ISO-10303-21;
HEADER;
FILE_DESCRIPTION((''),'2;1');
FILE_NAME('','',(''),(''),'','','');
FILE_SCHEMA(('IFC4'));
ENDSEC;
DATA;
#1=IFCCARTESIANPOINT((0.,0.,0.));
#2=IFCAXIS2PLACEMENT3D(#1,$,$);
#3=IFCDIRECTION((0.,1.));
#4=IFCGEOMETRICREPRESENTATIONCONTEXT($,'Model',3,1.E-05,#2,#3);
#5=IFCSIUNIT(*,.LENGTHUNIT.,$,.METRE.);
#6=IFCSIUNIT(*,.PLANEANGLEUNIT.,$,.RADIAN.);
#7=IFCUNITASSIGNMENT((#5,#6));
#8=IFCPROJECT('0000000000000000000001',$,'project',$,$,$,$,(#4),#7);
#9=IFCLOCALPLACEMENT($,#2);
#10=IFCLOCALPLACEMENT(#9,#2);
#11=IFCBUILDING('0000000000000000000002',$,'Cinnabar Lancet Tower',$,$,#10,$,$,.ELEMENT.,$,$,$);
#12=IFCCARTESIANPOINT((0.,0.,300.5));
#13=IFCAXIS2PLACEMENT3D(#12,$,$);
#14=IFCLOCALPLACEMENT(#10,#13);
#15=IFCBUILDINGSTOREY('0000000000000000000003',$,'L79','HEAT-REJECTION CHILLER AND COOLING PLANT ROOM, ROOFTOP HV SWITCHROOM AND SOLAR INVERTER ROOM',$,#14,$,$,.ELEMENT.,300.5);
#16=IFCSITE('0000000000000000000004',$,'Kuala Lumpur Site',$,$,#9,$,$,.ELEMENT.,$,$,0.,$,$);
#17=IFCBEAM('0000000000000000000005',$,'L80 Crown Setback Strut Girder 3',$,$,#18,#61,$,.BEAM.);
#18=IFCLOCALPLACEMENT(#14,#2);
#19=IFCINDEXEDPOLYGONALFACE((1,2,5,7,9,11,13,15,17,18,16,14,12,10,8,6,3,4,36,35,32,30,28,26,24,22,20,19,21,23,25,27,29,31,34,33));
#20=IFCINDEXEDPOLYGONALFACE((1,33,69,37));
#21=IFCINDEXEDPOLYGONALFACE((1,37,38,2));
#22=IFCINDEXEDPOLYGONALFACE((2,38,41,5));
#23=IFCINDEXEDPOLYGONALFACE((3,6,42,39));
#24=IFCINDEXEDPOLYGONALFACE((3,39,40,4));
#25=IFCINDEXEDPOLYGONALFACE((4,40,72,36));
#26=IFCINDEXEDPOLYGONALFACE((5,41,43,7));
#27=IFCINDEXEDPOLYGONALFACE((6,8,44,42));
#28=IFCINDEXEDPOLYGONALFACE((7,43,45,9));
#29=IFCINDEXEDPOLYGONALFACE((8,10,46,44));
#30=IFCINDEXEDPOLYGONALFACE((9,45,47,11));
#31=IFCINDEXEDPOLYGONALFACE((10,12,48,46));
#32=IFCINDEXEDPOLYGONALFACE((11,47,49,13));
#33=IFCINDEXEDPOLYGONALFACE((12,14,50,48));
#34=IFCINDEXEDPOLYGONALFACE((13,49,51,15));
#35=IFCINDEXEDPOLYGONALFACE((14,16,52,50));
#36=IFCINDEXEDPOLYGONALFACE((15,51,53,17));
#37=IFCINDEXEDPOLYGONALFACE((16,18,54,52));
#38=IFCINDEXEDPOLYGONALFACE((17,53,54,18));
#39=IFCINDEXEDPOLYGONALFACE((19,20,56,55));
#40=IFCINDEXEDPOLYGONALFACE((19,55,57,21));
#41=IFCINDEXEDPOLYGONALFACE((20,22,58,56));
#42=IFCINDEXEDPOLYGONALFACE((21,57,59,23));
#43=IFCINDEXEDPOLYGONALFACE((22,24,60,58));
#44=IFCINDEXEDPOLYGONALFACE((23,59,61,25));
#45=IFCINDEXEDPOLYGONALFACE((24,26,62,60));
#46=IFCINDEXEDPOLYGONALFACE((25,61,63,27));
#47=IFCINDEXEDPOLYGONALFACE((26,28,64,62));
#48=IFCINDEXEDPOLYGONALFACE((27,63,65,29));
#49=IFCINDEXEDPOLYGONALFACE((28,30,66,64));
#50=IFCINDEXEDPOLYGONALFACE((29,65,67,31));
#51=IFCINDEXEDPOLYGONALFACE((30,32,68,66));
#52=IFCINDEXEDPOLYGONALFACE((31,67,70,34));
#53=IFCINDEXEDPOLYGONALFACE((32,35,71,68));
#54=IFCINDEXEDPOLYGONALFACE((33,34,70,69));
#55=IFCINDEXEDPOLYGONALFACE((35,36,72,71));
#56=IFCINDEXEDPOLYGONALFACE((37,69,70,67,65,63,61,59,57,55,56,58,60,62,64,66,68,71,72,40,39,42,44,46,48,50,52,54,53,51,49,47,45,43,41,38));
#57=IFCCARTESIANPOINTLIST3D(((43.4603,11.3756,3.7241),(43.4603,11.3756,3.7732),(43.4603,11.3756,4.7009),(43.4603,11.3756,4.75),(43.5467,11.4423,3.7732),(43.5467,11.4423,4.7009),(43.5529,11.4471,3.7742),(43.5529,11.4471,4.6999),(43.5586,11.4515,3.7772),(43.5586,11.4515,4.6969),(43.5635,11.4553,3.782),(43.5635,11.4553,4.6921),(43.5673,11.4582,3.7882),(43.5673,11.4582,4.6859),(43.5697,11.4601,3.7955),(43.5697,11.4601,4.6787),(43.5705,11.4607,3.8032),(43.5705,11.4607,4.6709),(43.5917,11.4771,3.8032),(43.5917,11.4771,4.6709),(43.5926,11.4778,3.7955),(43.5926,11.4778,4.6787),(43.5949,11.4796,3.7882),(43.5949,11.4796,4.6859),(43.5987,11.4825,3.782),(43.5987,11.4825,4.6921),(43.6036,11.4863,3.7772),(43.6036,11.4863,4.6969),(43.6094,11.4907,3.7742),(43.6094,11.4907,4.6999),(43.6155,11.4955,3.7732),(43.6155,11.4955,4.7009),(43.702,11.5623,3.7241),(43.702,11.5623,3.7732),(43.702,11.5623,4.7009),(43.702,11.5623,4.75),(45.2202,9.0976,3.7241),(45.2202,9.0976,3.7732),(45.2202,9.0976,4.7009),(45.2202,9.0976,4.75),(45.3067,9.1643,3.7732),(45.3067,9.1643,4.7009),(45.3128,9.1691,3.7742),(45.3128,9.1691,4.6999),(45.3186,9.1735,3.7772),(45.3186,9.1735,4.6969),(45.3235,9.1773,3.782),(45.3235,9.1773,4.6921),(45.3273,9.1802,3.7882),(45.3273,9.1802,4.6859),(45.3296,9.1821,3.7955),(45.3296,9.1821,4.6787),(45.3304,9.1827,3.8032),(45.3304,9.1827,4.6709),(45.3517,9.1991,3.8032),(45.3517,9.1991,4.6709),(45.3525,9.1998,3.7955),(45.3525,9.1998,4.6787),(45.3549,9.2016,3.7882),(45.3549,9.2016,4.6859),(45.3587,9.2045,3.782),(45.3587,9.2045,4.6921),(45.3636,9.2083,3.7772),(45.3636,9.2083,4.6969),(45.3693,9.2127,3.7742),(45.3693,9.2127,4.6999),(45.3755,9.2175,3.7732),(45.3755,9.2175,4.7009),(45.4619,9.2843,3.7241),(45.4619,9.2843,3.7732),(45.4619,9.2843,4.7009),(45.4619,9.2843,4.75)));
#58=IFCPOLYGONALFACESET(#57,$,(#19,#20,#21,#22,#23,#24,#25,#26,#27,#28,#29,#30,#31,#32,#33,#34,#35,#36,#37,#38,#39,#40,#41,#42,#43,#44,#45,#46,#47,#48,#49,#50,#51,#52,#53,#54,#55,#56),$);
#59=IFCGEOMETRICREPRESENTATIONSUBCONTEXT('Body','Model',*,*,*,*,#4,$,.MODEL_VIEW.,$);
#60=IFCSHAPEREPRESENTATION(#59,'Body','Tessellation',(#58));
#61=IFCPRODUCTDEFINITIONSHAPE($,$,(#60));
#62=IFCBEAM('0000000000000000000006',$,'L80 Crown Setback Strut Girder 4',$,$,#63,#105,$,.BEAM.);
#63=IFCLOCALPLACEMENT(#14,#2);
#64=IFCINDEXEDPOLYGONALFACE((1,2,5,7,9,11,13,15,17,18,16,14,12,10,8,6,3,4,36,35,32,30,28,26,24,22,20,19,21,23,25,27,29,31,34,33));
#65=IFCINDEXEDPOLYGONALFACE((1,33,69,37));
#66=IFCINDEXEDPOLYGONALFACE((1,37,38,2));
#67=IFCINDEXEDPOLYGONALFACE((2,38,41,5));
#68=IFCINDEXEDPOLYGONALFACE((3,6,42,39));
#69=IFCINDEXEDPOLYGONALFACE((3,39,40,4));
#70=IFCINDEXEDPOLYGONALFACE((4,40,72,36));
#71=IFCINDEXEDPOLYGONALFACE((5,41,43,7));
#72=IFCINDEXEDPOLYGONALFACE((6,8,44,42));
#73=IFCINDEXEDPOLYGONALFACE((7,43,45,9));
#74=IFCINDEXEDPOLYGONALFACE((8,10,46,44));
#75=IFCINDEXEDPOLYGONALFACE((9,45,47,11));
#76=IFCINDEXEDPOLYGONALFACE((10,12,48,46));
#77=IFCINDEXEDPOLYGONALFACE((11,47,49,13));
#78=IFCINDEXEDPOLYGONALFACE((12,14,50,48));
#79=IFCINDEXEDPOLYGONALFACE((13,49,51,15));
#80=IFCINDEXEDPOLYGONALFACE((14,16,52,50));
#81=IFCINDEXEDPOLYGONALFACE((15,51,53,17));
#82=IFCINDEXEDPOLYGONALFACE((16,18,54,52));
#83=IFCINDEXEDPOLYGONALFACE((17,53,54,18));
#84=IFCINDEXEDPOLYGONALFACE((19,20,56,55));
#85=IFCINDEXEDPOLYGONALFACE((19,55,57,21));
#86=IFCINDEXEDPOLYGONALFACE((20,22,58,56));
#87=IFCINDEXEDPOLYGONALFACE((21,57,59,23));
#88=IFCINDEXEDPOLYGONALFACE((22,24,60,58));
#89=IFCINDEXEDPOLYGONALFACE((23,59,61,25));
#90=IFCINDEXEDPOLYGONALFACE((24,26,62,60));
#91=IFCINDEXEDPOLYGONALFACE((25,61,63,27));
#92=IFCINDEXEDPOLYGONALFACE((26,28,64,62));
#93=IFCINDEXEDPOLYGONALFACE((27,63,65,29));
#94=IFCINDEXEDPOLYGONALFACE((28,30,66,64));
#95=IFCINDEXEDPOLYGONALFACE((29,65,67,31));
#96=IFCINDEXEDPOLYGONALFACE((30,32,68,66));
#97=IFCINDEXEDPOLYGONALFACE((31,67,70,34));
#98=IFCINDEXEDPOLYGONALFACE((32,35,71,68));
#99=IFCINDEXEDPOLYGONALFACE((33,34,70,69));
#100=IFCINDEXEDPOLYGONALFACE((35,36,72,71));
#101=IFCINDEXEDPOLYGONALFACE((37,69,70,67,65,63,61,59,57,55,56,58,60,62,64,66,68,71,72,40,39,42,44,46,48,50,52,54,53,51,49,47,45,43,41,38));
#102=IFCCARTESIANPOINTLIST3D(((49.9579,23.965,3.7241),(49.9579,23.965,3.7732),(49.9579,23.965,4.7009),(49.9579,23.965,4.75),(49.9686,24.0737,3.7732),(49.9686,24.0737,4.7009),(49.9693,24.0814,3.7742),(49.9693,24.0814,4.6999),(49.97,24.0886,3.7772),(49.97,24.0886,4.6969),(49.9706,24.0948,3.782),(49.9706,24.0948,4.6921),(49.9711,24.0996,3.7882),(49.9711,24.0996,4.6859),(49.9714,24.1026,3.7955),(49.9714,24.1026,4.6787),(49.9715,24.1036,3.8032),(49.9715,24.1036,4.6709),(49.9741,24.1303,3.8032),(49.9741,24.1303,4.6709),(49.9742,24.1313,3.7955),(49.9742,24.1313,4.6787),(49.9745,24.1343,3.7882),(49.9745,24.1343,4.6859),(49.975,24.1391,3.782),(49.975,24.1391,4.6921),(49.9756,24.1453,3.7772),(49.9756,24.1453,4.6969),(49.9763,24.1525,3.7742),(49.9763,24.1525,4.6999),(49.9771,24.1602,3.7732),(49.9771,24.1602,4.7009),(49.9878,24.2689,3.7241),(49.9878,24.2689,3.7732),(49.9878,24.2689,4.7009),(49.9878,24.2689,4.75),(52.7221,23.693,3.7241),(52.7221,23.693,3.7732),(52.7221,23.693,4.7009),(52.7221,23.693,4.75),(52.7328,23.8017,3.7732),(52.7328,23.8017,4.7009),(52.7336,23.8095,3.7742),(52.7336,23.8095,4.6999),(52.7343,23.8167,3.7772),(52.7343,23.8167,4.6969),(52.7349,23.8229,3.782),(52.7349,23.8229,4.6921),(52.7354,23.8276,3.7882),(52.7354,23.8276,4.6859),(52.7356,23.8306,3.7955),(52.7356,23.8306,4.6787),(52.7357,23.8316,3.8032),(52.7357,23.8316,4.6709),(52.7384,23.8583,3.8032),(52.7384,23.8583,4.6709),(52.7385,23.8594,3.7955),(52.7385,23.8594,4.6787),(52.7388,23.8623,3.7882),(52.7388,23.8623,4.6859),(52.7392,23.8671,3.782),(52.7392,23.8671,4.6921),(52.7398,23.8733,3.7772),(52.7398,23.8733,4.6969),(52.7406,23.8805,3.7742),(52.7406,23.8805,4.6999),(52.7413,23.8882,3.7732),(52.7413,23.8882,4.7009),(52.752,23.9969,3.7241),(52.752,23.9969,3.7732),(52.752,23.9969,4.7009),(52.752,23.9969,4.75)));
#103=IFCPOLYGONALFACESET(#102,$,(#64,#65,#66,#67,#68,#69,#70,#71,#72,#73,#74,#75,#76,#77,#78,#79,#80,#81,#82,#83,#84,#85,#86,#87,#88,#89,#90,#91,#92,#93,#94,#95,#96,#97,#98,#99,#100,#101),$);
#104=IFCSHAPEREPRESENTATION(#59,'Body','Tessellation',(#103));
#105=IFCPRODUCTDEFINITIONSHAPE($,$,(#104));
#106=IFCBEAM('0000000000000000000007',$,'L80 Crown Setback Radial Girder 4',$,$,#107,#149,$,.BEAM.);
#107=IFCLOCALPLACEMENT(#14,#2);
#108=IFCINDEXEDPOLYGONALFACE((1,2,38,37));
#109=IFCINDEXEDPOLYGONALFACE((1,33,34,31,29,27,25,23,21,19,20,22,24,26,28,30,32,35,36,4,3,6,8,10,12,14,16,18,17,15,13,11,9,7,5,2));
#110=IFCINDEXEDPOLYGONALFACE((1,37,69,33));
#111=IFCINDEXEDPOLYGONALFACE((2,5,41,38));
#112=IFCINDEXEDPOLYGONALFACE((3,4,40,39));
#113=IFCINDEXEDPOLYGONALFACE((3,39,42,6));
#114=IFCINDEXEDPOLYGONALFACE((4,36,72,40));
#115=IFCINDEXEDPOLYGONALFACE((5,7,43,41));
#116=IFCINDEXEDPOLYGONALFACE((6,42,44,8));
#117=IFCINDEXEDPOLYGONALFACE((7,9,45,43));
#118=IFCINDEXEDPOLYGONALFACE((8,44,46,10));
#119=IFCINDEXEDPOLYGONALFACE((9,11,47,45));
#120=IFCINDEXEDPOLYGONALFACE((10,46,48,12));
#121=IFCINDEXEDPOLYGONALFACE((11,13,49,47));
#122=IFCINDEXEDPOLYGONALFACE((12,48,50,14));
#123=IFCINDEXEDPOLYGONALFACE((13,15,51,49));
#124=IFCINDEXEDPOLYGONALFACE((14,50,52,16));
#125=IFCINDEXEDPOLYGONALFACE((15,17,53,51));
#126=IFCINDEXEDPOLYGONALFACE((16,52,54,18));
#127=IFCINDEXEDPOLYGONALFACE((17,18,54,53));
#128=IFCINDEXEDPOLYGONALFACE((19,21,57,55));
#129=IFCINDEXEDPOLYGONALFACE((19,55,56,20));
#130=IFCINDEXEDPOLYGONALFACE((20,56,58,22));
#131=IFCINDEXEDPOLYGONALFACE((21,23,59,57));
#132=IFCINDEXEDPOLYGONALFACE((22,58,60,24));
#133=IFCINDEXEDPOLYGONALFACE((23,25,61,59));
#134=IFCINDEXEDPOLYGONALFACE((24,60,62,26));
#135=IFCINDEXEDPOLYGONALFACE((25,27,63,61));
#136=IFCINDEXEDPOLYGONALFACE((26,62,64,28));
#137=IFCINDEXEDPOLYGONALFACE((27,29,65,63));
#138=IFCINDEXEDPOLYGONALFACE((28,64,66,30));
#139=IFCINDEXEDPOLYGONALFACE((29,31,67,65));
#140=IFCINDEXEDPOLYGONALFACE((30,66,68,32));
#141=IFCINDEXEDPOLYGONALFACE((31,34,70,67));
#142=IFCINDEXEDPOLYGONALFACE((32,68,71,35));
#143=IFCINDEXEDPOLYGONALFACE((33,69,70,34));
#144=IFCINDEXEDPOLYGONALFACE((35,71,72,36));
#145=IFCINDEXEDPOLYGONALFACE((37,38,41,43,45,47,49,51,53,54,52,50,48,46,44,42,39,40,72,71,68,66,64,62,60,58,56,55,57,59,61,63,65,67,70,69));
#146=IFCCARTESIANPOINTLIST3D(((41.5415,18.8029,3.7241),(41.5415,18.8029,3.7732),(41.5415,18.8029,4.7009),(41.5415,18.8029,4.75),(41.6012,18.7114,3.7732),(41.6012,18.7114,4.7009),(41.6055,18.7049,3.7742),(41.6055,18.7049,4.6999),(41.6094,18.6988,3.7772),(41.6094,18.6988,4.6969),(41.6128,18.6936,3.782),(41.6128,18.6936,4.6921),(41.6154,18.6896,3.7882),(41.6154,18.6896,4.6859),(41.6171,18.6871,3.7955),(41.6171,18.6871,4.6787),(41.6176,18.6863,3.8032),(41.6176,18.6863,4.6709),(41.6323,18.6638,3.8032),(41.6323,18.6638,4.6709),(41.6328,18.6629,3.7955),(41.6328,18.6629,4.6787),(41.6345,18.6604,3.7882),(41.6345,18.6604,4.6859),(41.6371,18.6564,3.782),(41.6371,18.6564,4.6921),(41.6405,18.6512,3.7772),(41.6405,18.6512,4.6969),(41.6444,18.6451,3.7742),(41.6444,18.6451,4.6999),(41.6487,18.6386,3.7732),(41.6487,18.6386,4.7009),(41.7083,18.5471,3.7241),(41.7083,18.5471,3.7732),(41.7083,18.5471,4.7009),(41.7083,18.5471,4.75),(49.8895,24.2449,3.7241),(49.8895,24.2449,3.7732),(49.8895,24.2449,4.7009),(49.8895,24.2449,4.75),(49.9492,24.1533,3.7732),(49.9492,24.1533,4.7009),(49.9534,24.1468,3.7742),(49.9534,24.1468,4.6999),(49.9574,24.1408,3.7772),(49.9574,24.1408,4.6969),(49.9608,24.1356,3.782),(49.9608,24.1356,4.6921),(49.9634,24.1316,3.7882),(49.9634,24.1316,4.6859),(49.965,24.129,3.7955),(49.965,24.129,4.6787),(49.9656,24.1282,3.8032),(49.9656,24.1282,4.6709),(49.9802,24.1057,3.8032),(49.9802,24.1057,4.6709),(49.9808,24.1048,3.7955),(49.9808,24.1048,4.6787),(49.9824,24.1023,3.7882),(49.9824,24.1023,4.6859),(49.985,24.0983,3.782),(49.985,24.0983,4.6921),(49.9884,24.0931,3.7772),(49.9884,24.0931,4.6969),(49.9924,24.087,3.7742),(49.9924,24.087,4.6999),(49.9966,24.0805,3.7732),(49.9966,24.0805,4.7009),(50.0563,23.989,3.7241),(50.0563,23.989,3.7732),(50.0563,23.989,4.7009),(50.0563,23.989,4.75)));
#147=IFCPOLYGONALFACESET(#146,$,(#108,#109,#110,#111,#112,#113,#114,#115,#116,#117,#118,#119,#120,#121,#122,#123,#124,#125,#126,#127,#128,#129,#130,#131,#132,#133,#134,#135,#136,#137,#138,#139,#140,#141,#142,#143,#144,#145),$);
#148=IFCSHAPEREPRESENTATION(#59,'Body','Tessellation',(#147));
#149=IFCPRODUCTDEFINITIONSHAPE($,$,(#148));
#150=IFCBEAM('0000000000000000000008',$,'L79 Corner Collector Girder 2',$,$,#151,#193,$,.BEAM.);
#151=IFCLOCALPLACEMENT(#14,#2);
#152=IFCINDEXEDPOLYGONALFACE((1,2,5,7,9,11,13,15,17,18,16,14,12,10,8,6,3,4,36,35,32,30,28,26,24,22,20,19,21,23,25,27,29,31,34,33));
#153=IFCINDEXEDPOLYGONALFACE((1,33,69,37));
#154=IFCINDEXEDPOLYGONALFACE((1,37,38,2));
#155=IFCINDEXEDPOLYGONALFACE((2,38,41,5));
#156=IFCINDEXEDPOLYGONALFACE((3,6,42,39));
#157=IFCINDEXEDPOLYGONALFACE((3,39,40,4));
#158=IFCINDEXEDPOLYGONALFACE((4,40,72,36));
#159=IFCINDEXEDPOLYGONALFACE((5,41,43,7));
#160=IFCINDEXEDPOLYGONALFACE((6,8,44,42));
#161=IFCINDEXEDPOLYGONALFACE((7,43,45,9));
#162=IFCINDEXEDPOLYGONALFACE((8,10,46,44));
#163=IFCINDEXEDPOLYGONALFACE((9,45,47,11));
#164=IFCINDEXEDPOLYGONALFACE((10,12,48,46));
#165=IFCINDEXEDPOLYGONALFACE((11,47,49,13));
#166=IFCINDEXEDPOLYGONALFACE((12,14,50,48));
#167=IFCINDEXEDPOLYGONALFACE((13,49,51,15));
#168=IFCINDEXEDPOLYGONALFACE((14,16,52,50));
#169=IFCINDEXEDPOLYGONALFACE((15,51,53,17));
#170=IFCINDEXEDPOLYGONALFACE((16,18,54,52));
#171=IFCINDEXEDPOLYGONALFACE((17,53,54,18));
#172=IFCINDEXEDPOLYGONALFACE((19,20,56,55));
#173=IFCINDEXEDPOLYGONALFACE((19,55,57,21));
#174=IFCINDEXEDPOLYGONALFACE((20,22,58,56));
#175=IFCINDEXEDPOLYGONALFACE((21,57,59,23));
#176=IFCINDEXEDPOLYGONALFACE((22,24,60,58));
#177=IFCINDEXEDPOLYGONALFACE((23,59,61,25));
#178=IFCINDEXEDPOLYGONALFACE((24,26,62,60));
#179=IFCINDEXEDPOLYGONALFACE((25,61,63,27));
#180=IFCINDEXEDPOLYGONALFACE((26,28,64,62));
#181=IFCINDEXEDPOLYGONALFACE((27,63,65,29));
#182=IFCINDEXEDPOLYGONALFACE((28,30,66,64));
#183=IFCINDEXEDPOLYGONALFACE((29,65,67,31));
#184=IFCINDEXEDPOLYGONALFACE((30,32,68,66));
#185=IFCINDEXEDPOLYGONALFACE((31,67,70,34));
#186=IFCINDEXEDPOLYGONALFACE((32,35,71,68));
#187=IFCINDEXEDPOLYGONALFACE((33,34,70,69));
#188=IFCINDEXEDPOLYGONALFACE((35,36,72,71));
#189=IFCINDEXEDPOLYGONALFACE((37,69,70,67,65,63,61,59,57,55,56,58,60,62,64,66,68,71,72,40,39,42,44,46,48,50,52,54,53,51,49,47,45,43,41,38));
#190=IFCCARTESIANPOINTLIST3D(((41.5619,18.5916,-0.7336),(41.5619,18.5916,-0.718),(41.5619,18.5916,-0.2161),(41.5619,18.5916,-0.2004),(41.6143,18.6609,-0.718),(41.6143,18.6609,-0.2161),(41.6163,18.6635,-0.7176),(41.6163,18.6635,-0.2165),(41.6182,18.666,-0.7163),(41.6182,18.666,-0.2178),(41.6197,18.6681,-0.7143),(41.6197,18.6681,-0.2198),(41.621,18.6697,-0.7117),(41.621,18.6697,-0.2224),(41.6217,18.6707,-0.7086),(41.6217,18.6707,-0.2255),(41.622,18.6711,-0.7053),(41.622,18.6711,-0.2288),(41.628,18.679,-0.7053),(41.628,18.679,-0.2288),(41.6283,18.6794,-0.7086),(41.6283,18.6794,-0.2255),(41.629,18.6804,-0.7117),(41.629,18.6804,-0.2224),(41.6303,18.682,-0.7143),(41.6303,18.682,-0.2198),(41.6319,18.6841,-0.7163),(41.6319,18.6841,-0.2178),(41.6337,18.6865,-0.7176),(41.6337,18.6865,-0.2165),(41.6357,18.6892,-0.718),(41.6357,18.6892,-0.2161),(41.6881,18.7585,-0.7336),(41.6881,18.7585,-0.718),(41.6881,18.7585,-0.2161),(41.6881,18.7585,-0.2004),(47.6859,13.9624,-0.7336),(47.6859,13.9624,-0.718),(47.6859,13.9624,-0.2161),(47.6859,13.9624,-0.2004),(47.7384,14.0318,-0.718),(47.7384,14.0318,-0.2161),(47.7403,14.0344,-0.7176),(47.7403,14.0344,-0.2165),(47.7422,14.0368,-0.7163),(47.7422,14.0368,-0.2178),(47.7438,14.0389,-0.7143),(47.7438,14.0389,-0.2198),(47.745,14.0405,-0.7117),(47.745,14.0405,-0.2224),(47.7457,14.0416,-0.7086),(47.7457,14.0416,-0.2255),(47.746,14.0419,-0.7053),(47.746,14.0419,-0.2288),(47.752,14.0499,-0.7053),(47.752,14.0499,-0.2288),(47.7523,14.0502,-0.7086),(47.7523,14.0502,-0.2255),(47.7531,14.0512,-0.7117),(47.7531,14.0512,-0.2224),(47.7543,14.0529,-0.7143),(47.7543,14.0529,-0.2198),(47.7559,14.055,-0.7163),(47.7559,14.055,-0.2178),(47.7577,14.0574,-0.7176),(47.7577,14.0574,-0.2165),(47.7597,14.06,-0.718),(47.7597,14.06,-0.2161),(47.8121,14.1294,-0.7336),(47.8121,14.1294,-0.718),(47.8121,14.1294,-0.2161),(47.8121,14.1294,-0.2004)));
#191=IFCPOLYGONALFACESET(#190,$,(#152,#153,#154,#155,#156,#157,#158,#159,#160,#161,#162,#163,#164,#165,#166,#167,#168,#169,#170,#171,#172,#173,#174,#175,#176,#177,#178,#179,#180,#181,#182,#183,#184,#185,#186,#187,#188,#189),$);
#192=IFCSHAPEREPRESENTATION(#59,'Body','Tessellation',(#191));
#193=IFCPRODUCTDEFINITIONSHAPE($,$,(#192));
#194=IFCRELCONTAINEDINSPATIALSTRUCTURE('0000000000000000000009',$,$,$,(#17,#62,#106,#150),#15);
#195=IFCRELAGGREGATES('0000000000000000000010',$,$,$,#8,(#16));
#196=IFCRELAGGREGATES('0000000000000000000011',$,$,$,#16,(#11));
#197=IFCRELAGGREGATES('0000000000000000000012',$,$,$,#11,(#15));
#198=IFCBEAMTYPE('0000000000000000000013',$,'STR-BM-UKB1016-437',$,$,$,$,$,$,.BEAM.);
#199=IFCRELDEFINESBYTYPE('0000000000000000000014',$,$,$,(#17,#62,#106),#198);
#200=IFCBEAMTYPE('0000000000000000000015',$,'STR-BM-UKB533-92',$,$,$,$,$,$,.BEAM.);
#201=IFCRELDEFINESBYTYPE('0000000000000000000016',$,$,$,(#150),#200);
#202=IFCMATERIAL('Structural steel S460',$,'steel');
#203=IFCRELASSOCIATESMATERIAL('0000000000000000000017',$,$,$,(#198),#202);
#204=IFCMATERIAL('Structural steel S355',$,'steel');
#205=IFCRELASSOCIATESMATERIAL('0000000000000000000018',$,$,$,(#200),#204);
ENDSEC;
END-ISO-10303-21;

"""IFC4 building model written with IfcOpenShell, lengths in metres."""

from ifc_helpers import new_model, si_unit, direction, frame, origin, origin_2d, place, context, subcontext, project, spatial, i_section, extrude, material, material_profile, profile_set, type_object, element, save


model = new_model("IFC4")

# Units and contexts
model_context = context("Model", 3, precision=1e-05, world=origin(), true_north=direction((0.0, 1.0)))
body_context = subcontext(model_context, "Body", "Model", "MODEL_VIEW")
ifc_project = project(units=[si_unit("LENGTHUNIT", "METRE"), si_unit("PLANEANGLEUNIT", "RADIAN")], contexts=[model_context])

# Site, building, storey
site_placement = place(None, origin())
site = spatial("IfcSite", under=ifc_project, at=site_placement, Name="Kuala Lumpur Site", CompositionType="ELEMENT", RefElevation=0.0)
building_placement = place(site_placement, origin())
building = spatial("IfcBuilding", under=site, at=building_placement, Name="Cinnabar Lancet Tower", CompositionType="ELEMENT")
storey_placement = place(building_placement, frame((0.0, 0.0, 300.5)))
storey = spatial("IfcBuildingStorey", under=building, at=storey_placement, Name="L79", Description="HEAT-REJECTION CHILLER AND COOLING PLANT ROOM, ROOFTOP HV SWITCHROOM AND SOLAR INVERTER ROOM", CompositionType="ELEMENT", Elevation=300.5)

# Beams
ifc_material_1 = material(Name="Structural steel S460", Category="steel")
ifc_material_profile_1 = material_profile(ifc_material_1, i_section(OverallWidth=0.3054, OverallDepth=1.0259, WebThickness=0.0269, FlangeThickness=0.0491, FilletRadius=0.03, at=origin_2d()), Name="UKB 1016x305x437")
ifc_profile_set_1 = profile_set([ifc_material_profile_1], Name="Structural steel S460")
beam_type_1 = type_object("IfcBeamType", Name="STR-BM-UKB1016-437", PredefinedType="BEAM", material=ifc_profile_set_1)
beam_1_placement = place(storey_placement, frame((45.3411, 9.1909, 4.2371), z_axis=(-0.611378, 0.791339, 0.0), x_axis=(-0.791339, -0.611378, 0.0)))
element("IfcBeam", 1, at=beam_1_placement, inside=storey, type_object=beam_type_1, Name="L80 Crown Setback Strut Girder 3", PredefinedType="BEAM", context=body_context, shape_type="SweptSolid", body=[
    extrude(i_section(OverallWidth=0.3054, OverallDepth=1.0259, WebThickness=0.0269, FlangeThickness=0.0491, FilletRadius=0.03, at=origin_2d()), origin(), (0.0, 0.0, 1.0), 2.8787),
])
beam_2_placement = place(storey_placement, frame((52.7371, 23.845, 4.2371), z_axis=(-0.995194, 0.09792, 0.0), x_axis=(-0.09792, -0.995194, 0.0)))
element("IfcBeam", 2, at=beam_2_placement, inside=storey, type_object=beam_type_1, Name="L80 Crown Setback Strut Girder 4", PredefinedType="BEAM", context=body_context, shape_type="SweptSolid", body=[
    extrude(i_section(OverallWidth=0.3054, OverallDepth=1.0259, WebThickness=0.0269, FlangeThickness=0.0491, FilletRadius=0.03, at=origin_2d()), origin(), (0.0, 0.0, 1.0), 2.7776),
])
beam_3_placement = place(storey_placement, frame((49.9729, 24.1169, 4.2371), z_axis=(-0.83772, -0.5461, 0.0), x_axis=(0.5461, -0.83772, 0.0)))
element("IfcBeam", 3, at=beam_3_placement, inside=storey, type_object=beam_type_1, Name="L80 Crown Setback Radial Girder 4", PredefinedType="BEAM", context=body_context, shape_type="SweptSolid", body=[
    extrude(i_section(OverallWidth=0.3054, OverallDepth=1.0259, WebThickness=0.0269, FlangeThickness=0.0491, FilletRadius=0.03, at=origin_2d()), origin(), (0.0, 0.0, 1.0), 9.9651),
])
ifc_material_2 = material(Name="Structural steel S355", Category="steel")
ifc_material_profile_2 = material_profile(ifc_material_2, i_section(OverallWidth=0.2092, OverallDepth=0.5332, WebThickness=0.01, FlangeThickness=0.0156, FilletRadius=0.0127, at=origin_2d()), Name="UKB 533x210x92")
ifc_profile_set_2 = profile_set([ifc_material_profile_2], Name="Structural steel S355")
beam_type_2 = type_object("IfcBeamType", Name="STR-BM-UKB533-92", PredefinedType="BEAM", material=ifc_profile_set_2)
beam_4_placement = place(storey_placement, frame((47.749, 14.0459, -0.467), z_axis=(-0.797735, 0.603008, 0.0), x_axis=(-0.603008, -0.797735, 0.0)))
element("IfcBeam", 4, at=beam_4_placement, inside=storey, type_object=beam_type_2, Name="L79 Corner Collector Girder 2", PredefinedType="BEAM", context=body_context, shape_type="SweptSolid", body=[
    extrude(i_section(OverallWidth=0.2092, OverallDepth=0.5332, WebThickness=0.01, FlangeThickness=0.0156, FilletRadius=0.0127, at=origin_2d()), origin(), (0.0, 0.0, 1.0), 7.6768),
])

save(model, "model.ifc")
